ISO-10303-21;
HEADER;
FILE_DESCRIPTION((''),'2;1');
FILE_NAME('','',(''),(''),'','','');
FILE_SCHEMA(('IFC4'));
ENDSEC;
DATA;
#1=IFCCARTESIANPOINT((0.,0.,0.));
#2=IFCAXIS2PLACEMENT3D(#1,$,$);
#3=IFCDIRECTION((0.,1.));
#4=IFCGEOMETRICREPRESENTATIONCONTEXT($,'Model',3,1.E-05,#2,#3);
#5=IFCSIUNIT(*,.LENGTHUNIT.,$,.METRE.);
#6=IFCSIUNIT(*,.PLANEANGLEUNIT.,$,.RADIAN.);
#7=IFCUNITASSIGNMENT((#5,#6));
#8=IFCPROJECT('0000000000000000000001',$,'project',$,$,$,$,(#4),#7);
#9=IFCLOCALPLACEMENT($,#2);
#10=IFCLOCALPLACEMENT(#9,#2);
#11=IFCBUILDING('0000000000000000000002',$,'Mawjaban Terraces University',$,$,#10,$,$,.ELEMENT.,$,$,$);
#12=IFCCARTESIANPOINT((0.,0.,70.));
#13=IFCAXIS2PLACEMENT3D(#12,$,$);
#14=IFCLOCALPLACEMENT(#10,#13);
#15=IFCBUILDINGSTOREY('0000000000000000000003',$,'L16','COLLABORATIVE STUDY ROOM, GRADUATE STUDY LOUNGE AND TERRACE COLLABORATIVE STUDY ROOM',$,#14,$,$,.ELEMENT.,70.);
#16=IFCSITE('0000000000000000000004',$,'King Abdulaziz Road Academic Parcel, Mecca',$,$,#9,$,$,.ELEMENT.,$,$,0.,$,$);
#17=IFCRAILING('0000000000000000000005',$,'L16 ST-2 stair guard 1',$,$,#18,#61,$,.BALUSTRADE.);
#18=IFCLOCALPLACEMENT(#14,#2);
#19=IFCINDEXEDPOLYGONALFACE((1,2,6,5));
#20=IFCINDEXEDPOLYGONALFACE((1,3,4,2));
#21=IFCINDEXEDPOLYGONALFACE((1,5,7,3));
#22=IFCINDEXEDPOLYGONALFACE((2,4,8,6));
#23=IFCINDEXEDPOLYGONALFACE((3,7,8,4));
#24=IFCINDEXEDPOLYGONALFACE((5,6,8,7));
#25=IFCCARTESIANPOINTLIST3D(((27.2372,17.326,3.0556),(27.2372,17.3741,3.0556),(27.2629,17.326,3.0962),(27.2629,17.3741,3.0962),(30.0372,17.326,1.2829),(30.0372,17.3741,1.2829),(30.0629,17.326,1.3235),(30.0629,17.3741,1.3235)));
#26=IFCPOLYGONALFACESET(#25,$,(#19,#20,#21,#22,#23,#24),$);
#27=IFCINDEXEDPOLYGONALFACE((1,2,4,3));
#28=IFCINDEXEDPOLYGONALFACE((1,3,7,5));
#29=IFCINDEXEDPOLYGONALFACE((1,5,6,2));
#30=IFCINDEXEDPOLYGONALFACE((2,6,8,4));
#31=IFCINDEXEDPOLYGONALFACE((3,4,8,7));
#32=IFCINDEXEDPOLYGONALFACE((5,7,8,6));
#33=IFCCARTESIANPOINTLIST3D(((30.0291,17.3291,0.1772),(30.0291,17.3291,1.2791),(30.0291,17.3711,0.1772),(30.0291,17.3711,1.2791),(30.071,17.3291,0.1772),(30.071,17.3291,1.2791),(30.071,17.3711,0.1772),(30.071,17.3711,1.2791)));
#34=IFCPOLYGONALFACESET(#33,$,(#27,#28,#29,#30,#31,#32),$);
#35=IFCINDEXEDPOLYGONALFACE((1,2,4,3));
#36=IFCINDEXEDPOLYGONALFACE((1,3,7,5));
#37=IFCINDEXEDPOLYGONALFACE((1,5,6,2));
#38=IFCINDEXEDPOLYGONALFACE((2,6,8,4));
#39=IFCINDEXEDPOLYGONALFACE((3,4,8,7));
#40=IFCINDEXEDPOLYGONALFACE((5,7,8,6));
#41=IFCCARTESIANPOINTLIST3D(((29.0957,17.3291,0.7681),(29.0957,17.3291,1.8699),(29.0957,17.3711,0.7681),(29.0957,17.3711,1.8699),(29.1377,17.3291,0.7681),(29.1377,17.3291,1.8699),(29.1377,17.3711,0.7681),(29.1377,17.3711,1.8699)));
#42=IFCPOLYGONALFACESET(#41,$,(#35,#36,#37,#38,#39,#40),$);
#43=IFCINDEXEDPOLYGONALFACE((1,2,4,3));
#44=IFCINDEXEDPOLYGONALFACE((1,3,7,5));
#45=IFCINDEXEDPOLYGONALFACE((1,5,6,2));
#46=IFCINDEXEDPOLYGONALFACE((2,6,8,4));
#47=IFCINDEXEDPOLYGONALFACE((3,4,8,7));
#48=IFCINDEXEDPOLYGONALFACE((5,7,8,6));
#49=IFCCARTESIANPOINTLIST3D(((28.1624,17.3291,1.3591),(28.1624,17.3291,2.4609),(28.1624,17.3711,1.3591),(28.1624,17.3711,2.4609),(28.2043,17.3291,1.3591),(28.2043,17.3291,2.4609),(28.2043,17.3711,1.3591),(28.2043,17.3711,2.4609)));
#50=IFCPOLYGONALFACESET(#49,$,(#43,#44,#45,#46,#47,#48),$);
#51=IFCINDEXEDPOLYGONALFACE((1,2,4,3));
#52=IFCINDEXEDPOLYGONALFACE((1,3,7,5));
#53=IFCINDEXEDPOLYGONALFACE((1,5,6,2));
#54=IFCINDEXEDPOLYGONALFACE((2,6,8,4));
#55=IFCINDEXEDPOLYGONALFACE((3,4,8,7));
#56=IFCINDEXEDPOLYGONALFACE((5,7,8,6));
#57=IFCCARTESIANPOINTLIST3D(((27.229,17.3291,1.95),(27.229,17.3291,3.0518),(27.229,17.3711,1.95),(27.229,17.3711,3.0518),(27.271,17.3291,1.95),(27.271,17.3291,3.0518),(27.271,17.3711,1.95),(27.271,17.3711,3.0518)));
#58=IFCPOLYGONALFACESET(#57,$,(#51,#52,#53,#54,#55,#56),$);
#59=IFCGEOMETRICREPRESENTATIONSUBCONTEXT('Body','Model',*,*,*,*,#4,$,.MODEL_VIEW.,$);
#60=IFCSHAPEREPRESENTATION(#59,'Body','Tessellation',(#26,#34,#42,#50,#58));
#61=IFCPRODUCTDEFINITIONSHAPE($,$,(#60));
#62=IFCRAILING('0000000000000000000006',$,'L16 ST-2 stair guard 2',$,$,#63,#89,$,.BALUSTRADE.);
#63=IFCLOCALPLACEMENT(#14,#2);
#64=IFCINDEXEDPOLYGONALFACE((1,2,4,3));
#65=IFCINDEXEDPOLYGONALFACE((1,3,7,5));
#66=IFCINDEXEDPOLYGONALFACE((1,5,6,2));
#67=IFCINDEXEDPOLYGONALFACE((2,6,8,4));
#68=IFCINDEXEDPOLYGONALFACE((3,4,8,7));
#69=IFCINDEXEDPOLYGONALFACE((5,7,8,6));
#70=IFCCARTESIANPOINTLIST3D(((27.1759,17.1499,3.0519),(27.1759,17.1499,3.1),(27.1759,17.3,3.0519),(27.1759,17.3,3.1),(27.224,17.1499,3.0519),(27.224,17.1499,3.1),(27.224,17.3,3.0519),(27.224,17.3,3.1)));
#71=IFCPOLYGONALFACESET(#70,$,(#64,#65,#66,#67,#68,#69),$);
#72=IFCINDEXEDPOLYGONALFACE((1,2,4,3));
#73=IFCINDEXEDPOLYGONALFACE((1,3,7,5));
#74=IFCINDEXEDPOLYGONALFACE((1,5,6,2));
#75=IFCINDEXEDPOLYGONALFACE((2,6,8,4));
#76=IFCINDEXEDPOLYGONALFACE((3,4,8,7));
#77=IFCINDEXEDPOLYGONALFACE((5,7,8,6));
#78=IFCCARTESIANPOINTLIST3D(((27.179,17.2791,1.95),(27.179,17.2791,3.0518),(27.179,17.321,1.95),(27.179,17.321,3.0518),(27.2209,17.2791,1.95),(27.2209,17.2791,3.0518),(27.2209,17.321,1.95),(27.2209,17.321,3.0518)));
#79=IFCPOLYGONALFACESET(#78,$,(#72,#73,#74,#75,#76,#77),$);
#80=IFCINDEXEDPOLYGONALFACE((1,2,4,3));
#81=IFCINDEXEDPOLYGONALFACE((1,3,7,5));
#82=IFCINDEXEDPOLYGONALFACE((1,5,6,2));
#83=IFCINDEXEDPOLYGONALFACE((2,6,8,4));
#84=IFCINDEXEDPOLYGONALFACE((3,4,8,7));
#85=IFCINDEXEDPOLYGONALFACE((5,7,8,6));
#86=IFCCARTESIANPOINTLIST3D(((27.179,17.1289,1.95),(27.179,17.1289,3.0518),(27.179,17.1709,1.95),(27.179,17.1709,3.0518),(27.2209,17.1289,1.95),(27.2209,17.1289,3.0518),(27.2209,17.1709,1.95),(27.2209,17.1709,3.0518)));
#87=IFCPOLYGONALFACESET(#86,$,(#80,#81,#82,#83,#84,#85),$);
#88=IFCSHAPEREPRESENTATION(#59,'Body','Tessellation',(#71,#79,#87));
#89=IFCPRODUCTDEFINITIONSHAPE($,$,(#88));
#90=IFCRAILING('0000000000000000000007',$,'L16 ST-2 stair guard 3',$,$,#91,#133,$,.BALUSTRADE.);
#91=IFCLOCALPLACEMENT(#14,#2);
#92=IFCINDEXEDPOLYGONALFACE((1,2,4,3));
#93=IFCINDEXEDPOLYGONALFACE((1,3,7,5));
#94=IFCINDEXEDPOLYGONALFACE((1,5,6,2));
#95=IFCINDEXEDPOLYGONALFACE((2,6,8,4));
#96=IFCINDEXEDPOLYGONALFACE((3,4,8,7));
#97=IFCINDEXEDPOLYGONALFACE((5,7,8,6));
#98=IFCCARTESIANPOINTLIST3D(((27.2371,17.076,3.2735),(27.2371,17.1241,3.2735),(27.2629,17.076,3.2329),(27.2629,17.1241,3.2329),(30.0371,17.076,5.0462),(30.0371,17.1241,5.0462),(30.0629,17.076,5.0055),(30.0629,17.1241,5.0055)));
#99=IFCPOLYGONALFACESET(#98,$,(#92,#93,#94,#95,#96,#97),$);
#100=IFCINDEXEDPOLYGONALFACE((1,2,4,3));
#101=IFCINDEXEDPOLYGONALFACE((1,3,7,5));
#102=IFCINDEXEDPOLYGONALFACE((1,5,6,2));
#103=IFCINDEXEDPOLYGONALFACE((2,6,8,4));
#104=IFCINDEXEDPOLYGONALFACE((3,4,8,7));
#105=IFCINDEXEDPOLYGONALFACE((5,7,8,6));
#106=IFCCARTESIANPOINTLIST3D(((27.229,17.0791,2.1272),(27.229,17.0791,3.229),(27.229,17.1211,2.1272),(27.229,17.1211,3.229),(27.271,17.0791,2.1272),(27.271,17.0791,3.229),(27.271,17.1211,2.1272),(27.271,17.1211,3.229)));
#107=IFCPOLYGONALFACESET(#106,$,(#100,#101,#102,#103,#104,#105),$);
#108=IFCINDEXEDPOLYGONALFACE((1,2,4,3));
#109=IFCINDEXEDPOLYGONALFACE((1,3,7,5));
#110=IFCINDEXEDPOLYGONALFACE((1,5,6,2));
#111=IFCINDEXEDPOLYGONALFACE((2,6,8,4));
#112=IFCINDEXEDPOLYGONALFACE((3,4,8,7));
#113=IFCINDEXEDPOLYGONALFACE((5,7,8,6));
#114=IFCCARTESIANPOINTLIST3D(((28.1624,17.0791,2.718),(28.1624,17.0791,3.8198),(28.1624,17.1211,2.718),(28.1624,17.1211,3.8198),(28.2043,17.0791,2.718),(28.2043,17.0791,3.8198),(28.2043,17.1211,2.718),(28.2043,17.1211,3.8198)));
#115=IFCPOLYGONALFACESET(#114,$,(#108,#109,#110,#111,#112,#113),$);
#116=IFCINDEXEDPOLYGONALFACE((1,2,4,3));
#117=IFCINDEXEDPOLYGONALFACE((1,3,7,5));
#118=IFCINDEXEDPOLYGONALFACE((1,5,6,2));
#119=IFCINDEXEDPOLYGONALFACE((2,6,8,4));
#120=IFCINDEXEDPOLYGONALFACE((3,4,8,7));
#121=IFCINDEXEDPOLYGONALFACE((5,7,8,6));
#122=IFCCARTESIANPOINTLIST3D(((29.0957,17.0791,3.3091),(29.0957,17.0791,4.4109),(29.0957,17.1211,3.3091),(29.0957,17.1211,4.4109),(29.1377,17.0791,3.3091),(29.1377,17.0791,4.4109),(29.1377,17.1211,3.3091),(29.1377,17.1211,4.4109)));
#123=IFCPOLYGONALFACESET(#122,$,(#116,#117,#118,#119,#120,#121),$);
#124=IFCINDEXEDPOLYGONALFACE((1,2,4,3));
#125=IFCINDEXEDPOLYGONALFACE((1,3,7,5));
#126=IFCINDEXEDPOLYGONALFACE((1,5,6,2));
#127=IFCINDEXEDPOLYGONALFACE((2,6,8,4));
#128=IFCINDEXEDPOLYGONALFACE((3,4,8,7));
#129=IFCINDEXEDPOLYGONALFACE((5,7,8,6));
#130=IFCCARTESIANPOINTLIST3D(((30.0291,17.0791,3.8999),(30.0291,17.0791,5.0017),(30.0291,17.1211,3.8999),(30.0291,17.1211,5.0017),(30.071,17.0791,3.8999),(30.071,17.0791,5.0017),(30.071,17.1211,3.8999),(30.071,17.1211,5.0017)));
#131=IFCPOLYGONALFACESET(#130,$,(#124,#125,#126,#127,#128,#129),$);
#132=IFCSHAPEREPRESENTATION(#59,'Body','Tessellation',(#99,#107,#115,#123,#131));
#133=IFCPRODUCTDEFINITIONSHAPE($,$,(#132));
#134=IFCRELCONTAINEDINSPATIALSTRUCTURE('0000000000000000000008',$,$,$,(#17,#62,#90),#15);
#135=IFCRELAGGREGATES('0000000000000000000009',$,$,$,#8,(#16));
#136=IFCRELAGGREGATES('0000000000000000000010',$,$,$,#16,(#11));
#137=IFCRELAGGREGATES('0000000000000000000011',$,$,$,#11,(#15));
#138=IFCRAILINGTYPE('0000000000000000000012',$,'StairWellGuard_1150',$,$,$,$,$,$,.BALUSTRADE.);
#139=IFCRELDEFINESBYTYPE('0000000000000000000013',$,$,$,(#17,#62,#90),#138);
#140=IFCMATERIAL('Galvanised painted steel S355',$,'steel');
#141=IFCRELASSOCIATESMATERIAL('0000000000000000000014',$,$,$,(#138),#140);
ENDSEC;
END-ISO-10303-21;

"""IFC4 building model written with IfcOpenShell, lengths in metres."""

from ifc_helpers import new_model, si_unit, direction, frame, origin, origin_2d, place, context, subcontext, project, spatial, rectangle, extrude, material, type_object, element, save


model = new_model("IFC4")

# Units and contexts
model_context = context("Model", 3, precision=1e-05, world=origin(), true_north=direction((0.0, 1.0)))
body_context = subcontext(model_context, "Body", "Model", "MODEL_VIEW")
ifc_project = project(units=[si_unit("LENGTHUNIT", "METRE"), si_unit("PLANEANGLEUNIT", "RADIAN")], contexts=[model_context])

# Site, building, storey
site_placement = place(None, origin())
site = spatial("IfcSite", under=ifc_project, at=site_placement, Name="King Abdulaziz Road Academic Parcel, Mecca", CompositionType="ELEMENT", RefElevation=0.0)
building_placement = place(site_placement, origin())
building = spatial("IfcBuilding", under=site, at=building_placement, Name="Mawjaban Terraces University", CompositionType="ELEMENT")
storey_placement = place(building_placement, frame((0.0, 0.0, 70.0)))
storey = spatial("IfcBuildingStorey", under=building, at=storey_placement, Name="L16", Description="COLLABORATIVE STUDY ROOM, GRADUATE STUDY LOUNGE AND TERRACE COLLABORATIVE STUDY ROOM", CompositionType="ELEMENT", Elevation=70.0)

# Railings
ifc_material_1 = material(Name="Galvanised painted steel S355", Category="steel")
railing_type_1 = type_object("IfcRailingType", Name="StairWellGuard_1150", PredefinedType="BALUSTRADE", material=ifc_material_1)
railing_1_placement = place(storey_placement, frame((30.05, 17.3501, 0.1772)))
element("IfcRailing", 1, at=railing_1_placement, inside=storey, type_object=railing_type_1, Name="L16 ST-2 stair guard 1", PredefinedType="BALUSTRADE", context=body_context, shape_type="SweptSolid", body=[
    extrude(rectangle(XDim=0.0481, YDim=0.0481, at=origin_2d()), frame((0.0, 0.0, 1.126), z_axis=(-0.844909, 0.0, 0.53491), x_axis=(0.0, -1.0, 0.0)), (0.0, 0.0, 1.0), 3.314),
    extrude(rectangle(XDim=0.042, YDim=0.042, at=origin_2d()), origin(), (0.0, 0.0, 1.0), 1.1018),
    extrude(rectangle(XDim=0.042, YDim=0.042, at=origin_2d()), frame((-0.9333, 0.0, 0.5908)), (0.0, 0.0, 1.0), 1.1018),
    extrude(rectangle(XDim=0.042, YDim=0.042, at=origin_2d()), frame((-1.8667, 0.0, 1.1819)), (0.0, 0.0, 1.0), 1.1018),
    extrude(rectangle(XDim=0.042, YDim=0.042, at=origin_2d()), frame((-2.8, 0.0, 1.7727)), (0.0, 0.0, 1.0), 1.1018),
])
railing_2_placement = place(storey_placement, frame((27.2, 17.3, 1.95)))
element("IfcRailing", 2, at=railing_2_placement, inside=storey, type_object=railing_type_1, Name="L16 ST-2 stair guard 2", PredefinedType="BALUSTRADE", context=body_context, shape_type="SweptSolid", body=[
    extrude(rectangle(XDim=0.0481, YDim=0.0481, at=origin_2d()), frame((0.0, 0.0, 1.126), z_axis=(0.0, -1.0, 0.0), x_axis=(1.0, 0.0, 0.0)), (0.0, 0.0, 1.0), 0.1501),
    extrude(rectangle(XDim=0.042, YDim=0.042, at=origin_2d()), origin(), (0.0, 0.0, 1.0), 1.1018),
    extrude(rectangle(XDim=0.042, YDim=0.042, at=origin_2d()), frame((0.0, -0.1501, 0.0)), (0.0, 0.0, 1.0), 1.1018),
])
railing_3_placement = place(storey_placement, frame((27.25, 17.1001, 2.1272)))
element("IfcRailing", 3, at=railing_3_placement, inside=storey, type_object=railing_type_1, Name="L16 ST-2 stair guard 3", PredefinedType="BALUSTRADE", context=body_context, shape_type="SweptSolid", body=[
    extrude(rectangle(XDim=0.0481, YDim=0.0481, at=origin_2d()), frame((0.0, 0.0, 1.126), z_axis=(0.844909, 0.0, 0.53491), x_axis=(0.0, 1.0, 0.0)), (0.0, 0.0, 1.0), 3.314),
    extrude(rectangle(XDim=0.042, YDim=0.042, at=origin_2d()), origin(), (0.0, 0.0, 1.0), 1.1018),
    extrude(rectangle(XDim=0.042, YDim=0.042, at=origin_2d()), frame((0.9333, 0.0, 0.5908)), (0.0, 0.0, 1.0), 1.1018),
    extrude(rectangle(XDim=0.042, YDim=0.042, at=origin_2d()), frame((1.8667, 0.0, 1.1819)), (0.0, 0.0, 1.0), 1.1018),
    extrude(rectangle(XDim=0.042, YDim=0.042, at=origin_2d()), frame((2.8, 0.0, 1.7727)), (0.0, 0.0, 1.0), 1.1018),
])

save(model, "model.ifc")
